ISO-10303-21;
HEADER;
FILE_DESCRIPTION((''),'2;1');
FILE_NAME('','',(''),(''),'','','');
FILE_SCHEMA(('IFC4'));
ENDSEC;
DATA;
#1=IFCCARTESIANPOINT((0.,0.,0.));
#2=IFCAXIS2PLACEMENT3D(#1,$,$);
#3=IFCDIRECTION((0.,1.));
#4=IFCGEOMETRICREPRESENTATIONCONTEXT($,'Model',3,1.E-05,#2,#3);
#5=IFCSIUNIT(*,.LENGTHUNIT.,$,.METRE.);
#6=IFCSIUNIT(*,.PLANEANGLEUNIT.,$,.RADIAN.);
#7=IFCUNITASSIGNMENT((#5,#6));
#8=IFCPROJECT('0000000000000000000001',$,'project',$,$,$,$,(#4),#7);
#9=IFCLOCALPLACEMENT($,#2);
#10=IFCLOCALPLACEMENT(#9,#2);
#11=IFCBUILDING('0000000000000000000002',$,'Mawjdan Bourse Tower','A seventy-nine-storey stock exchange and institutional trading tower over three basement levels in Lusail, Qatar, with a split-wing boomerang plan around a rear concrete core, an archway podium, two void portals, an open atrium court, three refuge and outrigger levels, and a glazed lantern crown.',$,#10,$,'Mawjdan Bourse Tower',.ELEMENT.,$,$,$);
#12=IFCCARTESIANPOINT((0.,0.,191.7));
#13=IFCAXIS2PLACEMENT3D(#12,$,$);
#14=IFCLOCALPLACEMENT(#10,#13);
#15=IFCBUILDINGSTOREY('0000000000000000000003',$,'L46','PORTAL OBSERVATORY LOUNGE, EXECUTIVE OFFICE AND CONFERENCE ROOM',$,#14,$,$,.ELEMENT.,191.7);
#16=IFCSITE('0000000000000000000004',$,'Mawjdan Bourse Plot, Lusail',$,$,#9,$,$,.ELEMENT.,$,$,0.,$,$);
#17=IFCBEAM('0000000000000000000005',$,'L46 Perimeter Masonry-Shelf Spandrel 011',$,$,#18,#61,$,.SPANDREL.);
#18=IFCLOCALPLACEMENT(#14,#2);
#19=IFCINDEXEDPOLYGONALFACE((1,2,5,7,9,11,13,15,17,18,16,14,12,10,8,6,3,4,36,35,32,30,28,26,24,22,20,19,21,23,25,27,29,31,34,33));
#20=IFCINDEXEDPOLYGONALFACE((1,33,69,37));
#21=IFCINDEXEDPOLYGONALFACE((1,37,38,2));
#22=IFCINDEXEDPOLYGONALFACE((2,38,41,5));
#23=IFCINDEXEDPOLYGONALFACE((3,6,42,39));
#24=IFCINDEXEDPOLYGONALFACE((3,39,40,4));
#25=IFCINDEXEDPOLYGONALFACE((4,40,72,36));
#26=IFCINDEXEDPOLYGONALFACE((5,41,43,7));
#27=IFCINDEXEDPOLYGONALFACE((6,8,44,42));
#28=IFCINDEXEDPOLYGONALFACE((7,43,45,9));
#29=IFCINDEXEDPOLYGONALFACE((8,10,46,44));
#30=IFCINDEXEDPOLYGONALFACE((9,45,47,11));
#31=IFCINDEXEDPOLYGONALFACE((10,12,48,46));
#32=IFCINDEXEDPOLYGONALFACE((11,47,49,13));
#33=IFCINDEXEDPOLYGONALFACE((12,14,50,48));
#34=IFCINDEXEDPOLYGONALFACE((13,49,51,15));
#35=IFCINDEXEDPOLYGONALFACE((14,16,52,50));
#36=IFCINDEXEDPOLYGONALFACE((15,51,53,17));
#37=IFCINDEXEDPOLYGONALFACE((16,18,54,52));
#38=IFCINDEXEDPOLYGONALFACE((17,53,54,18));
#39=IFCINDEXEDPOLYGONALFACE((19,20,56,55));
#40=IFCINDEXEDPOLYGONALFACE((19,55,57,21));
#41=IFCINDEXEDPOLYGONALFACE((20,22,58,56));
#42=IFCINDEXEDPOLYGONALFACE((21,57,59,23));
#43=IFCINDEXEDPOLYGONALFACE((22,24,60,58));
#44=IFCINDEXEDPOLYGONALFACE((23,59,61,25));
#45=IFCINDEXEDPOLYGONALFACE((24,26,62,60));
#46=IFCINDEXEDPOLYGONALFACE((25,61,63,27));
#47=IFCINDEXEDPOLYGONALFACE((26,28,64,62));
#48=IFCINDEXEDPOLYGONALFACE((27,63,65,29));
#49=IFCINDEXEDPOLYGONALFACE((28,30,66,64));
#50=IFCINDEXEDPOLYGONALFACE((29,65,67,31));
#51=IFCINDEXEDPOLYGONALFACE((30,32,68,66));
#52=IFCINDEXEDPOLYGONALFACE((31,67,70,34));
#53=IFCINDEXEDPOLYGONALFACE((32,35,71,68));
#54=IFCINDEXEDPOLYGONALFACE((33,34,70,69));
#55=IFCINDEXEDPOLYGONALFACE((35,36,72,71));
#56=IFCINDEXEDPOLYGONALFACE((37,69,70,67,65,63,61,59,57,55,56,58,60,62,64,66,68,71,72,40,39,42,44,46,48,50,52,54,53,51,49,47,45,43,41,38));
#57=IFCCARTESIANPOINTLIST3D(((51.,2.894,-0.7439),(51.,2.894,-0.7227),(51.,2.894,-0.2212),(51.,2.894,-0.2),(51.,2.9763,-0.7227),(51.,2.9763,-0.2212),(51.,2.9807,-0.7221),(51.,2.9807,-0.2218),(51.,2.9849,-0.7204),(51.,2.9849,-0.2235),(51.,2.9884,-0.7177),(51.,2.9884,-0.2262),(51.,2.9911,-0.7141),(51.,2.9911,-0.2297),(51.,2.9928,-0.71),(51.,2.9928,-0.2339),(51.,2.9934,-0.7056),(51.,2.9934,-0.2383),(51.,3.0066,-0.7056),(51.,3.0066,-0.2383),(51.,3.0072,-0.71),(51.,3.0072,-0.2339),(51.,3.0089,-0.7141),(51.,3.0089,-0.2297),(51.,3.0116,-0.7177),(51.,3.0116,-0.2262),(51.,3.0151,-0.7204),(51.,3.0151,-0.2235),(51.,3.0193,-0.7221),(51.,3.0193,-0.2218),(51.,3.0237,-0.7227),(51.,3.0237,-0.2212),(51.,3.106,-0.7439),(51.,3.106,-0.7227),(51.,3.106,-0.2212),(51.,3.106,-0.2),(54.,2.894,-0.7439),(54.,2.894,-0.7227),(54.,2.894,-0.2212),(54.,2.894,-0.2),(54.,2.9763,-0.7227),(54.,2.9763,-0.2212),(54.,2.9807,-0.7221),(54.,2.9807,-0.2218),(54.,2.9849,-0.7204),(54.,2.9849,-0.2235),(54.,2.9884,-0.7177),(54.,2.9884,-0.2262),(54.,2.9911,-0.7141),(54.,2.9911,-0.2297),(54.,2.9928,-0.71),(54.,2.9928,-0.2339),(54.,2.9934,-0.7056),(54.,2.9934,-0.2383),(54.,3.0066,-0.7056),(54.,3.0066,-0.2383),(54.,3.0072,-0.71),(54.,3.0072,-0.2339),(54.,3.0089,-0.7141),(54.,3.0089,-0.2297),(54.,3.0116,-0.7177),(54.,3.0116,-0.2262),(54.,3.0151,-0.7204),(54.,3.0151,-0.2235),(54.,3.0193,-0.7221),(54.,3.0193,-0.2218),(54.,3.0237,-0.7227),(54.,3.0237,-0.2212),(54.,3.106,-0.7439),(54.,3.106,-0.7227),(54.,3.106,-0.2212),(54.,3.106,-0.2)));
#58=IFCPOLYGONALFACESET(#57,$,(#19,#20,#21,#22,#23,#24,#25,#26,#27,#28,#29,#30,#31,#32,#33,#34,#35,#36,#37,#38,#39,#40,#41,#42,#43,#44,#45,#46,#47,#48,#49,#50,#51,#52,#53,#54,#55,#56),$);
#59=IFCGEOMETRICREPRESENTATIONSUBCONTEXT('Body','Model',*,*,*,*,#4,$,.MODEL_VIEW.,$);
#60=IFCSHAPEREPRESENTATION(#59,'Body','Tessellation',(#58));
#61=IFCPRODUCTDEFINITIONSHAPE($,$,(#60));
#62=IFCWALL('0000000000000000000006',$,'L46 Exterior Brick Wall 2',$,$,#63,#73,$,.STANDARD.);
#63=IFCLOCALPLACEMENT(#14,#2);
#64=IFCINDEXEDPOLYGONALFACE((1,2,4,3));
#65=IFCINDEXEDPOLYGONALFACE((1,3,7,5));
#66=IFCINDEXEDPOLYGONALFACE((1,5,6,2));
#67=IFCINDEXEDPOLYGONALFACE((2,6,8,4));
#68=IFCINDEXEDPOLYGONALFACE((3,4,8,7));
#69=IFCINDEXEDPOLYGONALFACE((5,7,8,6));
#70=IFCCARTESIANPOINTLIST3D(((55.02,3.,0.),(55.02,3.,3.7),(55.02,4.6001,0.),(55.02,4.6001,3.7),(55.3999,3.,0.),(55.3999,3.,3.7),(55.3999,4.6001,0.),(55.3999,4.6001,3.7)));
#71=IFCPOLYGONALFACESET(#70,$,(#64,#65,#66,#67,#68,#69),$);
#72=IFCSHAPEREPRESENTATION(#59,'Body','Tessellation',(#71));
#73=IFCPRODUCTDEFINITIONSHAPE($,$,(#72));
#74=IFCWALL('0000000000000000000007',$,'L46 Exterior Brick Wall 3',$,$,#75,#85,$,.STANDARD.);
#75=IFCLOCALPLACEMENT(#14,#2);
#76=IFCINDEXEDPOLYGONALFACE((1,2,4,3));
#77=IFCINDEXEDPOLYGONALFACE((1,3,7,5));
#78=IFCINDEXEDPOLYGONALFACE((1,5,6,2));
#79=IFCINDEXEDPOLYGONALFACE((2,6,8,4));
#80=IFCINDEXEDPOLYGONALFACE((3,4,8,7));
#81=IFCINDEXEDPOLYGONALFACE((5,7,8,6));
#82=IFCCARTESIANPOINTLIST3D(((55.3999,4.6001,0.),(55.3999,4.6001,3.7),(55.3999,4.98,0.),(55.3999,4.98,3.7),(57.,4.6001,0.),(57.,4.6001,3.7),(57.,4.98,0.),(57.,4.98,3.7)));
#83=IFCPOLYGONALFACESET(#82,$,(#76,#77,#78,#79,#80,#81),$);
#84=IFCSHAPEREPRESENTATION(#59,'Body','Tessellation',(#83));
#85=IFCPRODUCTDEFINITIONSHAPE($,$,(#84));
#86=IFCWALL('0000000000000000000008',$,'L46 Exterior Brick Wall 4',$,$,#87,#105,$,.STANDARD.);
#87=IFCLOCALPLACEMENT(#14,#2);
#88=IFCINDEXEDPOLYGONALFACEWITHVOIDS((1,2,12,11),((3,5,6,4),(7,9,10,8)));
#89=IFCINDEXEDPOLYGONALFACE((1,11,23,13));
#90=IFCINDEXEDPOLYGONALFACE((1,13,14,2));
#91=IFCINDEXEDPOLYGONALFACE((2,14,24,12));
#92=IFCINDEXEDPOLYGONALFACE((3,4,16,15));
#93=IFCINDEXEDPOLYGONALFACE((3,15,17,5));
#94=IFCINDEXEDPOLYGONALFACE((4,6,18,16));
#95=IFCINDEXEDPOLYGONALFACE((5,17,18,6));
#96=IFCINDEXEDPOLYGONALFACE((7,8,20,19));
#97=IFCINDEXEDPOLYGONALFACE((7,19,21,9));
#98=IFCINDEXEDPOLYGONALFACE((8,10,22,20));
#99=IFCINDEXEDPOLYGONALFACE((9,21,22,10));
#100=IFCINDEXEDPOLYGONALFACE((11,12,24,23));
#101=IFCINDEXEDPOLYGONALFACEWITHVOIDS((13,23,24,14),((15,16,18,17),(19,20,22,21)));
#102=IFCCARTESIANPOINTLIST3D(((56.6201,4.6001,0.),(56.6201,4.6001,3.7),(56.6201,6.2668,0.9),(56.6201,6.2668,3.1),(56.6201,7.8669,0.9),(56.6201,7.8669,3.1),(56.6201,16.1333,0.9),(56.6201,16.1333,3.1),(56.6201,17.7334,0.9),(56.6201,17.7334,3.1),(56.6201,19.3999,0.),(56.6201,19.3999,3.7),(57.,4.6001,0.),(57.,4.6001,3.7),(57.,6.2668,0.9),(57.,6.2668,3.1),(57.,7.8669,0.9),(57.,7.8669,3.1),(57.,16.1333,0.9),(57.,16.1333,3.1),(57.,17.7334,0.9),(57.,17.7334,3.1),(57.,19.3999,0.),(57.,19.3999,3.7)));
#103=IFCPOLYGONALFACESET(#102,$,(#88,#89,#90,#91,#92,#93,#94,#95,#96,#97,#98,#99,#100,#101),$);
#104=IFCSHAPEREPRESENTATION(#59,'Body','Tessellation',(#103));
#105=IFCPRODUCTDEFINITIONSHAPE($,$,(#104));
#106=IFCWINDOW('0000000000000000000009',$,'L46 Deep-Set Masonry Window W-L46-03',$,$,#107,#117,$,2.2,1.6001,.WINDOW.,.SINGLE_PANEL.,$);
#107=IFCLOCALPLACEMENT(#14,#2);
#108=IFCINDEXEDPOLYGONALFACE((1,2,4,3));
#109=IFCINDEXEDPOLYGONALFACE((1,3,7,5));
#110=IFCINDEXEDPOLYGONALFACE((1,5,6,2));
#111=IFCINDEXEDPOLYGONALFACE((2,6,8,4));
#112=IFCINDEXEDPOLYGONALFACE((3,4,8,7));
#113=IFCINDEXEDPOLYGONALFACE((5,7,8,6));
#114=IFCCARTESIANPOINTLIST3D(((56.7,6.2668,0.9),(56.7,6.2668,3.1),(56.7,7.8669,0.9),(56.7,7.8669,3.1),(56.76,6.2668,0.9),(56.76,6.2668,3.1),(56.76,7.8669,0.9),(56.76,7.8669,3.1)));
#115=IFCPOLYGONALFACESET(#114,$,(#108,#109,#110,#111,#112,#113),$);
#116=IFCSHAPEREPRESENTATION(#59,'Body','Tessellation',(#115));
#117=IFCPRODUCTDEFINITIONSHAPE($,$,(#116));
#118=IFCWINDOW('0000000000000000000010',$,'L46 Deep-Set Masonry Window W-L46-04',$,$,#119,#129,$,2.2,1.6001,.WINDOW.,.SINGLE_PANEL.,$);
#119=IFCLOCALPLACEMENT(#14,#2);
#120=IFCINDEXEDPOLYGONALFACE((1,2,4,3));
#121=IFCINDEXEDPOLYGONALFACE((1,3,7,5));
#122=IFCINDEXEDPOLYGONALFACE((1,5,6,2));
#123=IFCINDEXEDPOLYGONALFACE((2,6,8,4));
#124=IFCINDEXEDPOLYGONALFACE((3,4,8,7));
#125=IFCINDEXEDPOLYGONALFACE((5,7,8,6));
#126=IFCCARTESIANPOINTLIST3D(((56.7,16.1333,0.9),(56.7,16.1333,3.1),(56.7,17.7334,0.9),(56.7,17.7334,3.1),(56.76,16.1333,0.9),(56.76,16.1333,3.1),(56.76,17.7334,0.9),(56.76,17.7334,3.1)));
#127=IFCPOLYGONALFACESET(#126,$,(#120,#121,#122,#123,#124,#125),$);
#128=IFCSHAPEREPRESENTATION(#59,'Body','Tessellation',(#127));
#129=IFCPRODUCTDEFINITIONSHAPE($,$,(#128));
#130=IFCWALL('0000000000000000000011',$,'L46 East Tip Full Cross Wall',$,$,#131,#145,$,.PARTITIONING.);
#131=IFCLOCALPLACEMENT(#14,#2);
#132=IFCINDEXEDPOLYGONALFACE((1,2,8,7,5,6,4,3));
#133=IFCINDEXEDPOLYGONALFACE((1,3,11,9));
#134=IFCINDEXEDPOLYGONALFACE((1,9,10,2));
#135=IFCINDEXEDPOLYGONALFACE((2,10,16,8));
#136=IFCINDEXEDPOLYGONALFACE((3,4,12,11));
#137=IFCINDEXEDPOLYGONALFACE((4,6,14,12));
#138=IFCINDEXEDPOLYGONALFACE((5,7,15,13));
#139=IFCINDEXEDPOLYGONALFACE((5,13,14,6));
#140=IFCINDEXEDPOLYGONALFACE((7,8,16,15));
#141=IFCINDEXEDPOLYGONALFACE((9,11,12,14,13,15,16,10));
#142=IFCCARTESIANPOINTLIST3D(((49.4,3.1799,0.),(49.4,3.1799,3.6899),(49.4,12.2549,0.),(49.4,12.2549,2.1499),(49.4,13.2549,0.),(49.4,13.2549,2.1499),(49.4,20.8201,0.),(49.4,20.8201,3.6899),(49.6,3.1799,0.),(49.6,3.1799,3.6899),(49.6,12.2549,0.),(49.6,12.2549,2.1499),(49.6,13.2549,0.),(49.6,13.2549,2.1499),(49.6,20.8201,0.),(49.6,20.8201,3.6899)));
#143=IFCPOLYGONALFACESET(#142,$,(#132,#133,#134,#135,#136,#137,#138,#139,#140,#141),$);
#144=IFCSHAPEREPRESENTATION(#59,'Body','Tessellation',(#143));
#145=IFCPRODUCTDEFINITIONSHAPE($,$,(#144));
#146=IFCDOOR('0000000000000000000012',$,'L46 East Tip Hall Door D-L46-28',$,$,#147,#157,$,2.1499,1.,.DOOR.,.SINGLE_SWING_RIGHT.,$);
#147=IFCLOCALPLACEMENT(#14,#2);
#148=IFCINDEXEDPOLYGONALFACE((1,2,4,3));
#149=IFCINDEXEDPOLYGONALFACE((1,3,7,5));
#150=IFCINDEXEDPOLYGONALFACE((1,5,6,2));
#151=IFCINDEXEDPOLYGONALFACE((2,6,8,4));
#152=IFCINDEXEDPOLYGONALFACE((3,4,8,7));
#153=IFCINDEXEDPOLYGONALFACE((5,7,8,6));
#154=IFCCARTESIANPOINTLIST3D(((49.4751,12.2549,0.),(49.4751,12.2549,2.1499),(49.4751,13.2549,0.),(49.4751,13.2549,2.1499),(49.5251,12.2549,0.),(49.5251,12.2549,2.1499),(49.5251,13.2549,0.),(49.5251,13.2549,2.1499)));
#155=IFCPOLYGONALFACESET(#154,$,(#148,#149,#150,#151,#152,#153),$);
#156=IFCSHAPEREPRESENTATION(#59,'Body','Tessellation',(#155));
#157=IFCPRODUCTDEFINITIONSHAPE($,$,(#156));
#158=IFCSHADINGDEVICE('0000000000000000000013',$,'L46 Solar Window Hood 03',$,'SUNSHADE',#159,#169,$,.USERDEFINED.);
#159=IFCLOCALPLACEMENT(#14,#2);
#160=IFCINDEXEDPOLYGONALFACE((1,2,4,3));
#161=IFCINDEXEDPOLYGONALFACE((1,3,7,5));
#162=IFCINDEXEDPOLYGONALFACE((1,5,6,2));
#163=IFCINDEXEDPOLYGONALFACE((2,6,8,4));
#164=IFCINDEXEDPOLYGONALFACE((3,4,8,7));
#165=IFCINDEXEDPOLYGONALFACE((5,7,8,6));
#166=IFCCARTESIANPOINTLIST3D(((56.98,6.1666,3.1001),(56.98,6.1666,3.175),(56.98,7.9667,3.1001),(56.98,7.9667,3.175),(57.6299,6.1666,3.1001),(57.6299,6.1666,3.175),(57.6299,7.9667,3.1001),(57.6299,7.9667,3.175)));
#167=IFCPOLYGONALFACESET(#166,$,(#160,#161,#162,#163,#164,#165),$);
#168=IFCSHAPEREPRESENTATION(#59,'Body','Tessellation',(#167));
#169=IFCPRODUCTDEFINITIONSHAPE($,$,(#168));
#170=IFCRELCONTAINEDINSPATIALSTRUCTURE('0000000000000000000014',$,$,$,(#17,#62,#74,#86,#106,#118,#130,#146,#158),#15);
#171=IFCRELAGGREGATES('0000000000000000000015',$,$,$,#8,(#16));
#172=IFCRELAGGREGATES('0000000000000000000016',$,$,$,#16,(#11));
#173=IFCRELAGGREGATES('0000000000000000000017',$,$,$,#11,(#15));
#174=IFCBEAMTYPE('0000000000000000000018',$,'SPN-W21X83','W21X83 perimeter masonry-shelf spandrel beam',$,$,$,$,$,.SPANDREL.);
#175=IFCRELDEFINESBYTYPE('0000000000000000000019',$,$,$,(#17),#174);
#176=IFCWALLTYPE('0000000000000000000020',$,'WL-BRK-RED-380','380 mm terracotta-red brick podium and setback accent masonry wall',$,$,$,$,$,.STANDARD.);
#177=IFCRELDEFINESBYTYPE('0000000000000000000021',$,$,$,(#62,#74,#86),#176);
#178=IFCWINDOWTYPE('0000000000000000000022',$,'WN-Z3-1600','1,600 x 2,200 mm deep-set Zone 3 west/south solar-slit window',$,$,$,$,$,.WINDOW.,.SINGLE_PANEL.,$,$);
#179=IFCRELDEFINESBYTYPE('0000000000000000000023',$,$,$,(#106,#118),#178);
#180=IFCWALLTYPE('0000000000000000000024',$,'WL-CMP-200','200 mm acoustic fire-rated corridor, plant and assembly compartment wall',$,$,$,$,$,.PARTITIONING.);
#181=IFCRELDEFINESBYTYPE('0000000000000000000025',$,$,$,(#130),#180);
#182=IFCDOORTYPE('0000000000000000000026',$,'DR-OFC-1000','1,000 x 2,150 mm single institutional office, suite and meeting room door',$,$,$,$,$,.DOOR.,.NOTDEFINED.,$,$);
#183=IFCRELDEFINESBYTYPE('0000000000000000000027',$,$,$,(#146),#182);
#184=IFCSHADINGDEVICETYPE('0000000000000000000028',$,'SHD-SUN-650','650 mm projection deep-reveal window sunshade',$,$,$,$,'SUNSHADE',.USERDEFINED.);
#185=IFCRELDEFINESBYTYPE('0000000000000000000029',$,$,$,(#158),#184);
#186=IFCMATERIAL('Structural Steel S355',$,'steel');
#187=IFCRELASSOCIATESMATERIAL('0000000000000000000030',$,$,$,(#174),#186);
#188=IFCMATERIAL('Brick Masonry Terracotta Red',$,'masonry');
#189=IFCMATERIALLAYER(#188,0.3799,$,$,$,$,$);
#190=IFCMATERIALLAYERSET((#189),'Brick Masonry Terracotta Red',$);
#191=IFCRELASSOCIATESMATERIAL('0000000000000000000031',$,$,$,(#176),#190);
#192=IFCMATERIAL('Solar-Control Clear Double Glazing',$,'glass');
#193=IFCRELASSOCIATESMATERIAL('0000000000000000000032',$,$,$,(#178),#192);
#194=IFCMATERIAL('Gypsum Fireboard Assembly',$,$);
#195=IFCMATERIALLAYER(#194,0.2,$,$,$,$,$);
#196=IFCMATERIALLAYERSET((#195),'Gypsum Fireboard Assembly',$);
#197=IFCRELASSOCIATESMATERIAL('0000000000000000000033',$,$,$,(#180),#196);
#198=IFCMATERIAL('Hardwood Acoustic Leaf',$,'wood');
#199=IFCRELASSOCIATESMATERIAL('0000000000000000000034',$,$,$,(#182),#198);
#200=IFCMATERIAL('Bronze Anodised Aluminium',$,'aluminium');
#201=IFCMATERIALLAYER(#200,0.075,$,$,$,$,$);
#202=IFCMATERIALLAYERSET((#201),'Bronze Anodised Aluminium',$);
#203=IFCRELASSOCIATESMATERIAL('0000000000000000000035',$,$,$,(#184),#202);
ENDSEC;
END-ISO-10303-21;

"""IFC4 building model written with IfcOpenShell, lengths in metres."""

from ifc_helpers import new_model, si_unit, direction, frame, frame_2d, origin, origin_2d, place, context, subcontext, project, spatial, rectangle, i_section, extrude, material, layer, layer_set, material_profile, profile_set, type_object, element, fill, save


model = new_model("IFC4")

# Units and contexts
model_context = context("Model", 3, precision=1e-05, world=origin(), true_north=direction((0.0, 1.0)))
body_context = subcontext(model_context, "Body", "Model", "MODEL_VIEW")
ifc_project = project(units=[si_unit("LENGTHUNIT", "METRE"), si_unit("PLANEANGLEUNIT", "RADIAN")], contexts=[model_context])

# Site, building, storey
site_placement = place(None, origin())
site = spatial("IfcSite", under=ifc_project, at=site_placement, Name="Mawjdan Bourse Plot, Lusail", CompositionType="ELEMENT", RefElevation=0.0)
building_placement = place(site_placement, origin())
building = spatial("IfcBuilding", under=site, at=building_placement, Name="Mawjdan Bourse Tower", Description="A seventy-nine-storey stock exchange and institutional trading tower over three basement levels in Lusail, Qatar, with a split-wing boomerang plan around a rear concrete core, an archway podium, two void portals, an open atrium court, three refuge and outrigger levels, and a glazed lantern crown.", LongName="Mawjdan Bourse Tower", CompositionType="ELEMENT")
storey_placement = place(building_placement, frame((0.0, 0.0, 191.7)))
storey = spatial("IfcBuildingStorey", under=building, at=storey_placement, Name="L46", Description="PORTAL OBSERVATORY LOUNGE, EXECUTIVE OFFICE AND CONFERENCE ROOM", CompositionType="ELEMENT", Elevation=191.7)

# Beam
ifc_material_1 = material(Name="Structural Steel S355", Category="steel")
ifc_material_profile_1 = material_profile(ifc_material_1, i_section(OverallWidth=0.2119, OverallDepth=0.5439, WebThickness=0.0132, FlangeThickness=0.0212, FilletRadius=0.0171, at=origin_2d()), Name="W21X83")
ifc_profile_set_1 = profile_set([ifc_material_profile_1], Name="Structural Steel S355")
beam_type_1 = type_object("IfcBeamType", Name="SPN-W21X83", Description="W21X83 perimeter masonry-shelf spandrel beam", PredefinedType="SPANDREL", material=ifc_profile_set_1)
beam_placement = place(storey_placement, frame((51.0, 3.0, -0.4719), z_axis=(1.0, 0.0, 0.0), x_axis=(0.0, 1.0, 0.0)))
element("IfcBeam", 1, at=beam_placement, inside=storey, type_object=beam_type_1, Name="L46 Perimeter Masonry-Shelf Spandrel 011", PredefinedType="SPANDREL", context=body_context, shape_type="SweptSolid", body=[
    extrude(i_section(OverallWidth=0.2119, OverallDepth=0.5439, WebThickness=0.0132, FlangeThickness=0.0212, FilletRadius=0.0171, at=origin_2d()), origin(), (0.0, 0.0, 1.0), 3.0),
])

# Walls
ifc_material_2 = material(Name="Brick Masonry Terracotta Red", Category="masonry")
ifc_layer_1 = layer(ifc_material_2, 0.3799)
ifc_layer_set_1 = layer_set([ifc_layer_1], Name="Brick Masonry Terracotta Red")
wall_type_1 = type_object("IfcWallType", Name="WL-BRK-RED-380", Description="380 mm terracotta-red brick podium and setback accent masonry wall", PredefinedType="STANDARD", material=ifc_layer_set_1)
for number, where, z_axis, x_axis, name in (
    (2, (55.21, 3.0, 0.0), (0.0, 0.0, 1.0), (0.0, 1.0, 0.0), "L46 Exterior Brick Wall 2"),
    (3, (55.3999, 4.79, 0.0), (0.0, 0.0, 1.0), (1.0, 0.0, 0.0), "L46 Exterior Brick Wall 3"),
):
    element("IfcWall", number, at=place(storey_placement, frame(where, z_axis=z_axis, x_axis=x_axis)), inside=storey, type_object=wall_type_1, Name=name, PredefinedType="STANDARD", context=body_context, shape_type="SweptSolid", body=[
        extrude(rectangle(XDim=1.6001, YDim=0.3799, at=frame_2d((0.8, 0.0))), origin(), (0.0, 0.0, 1.0), 3.7),
    ])

# Wall, openings, windows
wall_1_placement = place(storey_placement, frame((56.8101, 4.6001, 0.0), z_axis=(0.0, 0.0, 1.0), x_axis=(0.0, 1.0, 0.0)))
wall_1 = element("IfcWall", 4, at=wall_1_placement, inside=storey, type_object=wall_type_1, Name="L46 Exterior Brick Wall 4", PredefinedType="STANDARD", context=body_context, shape_type="SweptSolid", body=[
    extrude(rectangle(XDim=14.7998, YDim=0.3799, at=frame_2d((7.3999, 0.0))), origin(), (0.0, 0.0, 1.0), 3.7),
])
opening_1_placement = place(wall_1_placement, frame((1.6667, 0.0, 0.8999)))
opening_1 = element("IfcOpeningElement", 5, at=opening_1_placement, cuts=wall_1, PredefinedType="OPENING", context=body_context, shape_type="SweptSolid", body=[
    extrude(rectangle(XDim=1.6001, YDim=2.2, at=frame_2d((0.8, 1.1001))), frame((0.0, 0.2, 0.0), z_axis=(0.0, -1.0, 0.0), x_axis=(1.0, 0.0, 0.0)), (0.0, 0.0, 1.0), 0.3999),
])
opening_2_placement = place(wall_1_placement, frame((11.5332, 0.0, 0.8999)))
opening_2 = element("IfcOpeningElement", 6, at=opening_2_placement, cuts=wall_1, PredefinedType="OPENING", context=body_context, shape_type="SweptSolid", body=[
    extrude(rectangle(XDim=1.6001, YDim=2.2, at=frame_2d((0.8, 1.1001))), frame((0.0, 0.2, 0.0), z_axis=(0.0, -1.0, 0.0), x_axis=(1.0, 0.0, 0.0)), (0.0, 0.0, 1.0), 0.3999),
])
ifc_material_3 = material(Name="Solar-Control Clear Double Glazing", Category="glass")
window_type = type_object("IfcWindowType", Name="WN-Z3-1600", Description="1,600 x 2,200 mm deep-set Zone 3 west/south solar-slit window", PartitioningType="SINGLE_PANEL", PredefinedType="WINDOW", material=ifc_material_3)
window_1_placement = place(opening_1_placement, origin())
window_1 = element("IfcWindow", 7, at=window_1_placement, inside=storey, type_object=window_type, Name="L46 Deep-Set Masonry Window W-L46-03", OverallHeight=2.2, OverallWidth=1.6001, PartitioningType="SINGLE_PANEL", PredefinedType="WINDOW", context=body_context, shape_type="SweptSolid", body=[
    extrude(rectangle(XDim=1.6001, YDim=2.2, at=frame_2d((0.8, 1.1001))), frame((0.0, 0.1101, 0.0), z_axis=(0.0, -1.0, 0.0), x_axis=(1.0, 0.0, 0.0)), (0.0, 0.0, 1.0), 0.0601),
])
fill(opening_1, window_1)
window_2_placement = place(opening_2_placement, origin())
window_2 = element("IfcWindow", 8, at=window_2_placement, inside=storey, type_object=window_type, Name="L46 Deep-Set Masonry Window W-L46-04", OverallHeight=2.2, OverallWidth=1.6001, PartitioningType="SINGLE_PANEL", PredefinedType="WINDOW", context=body_context, shape_type="SweptSolid", body=[
    extrude(rectangle(XDim=1.6001, YDim=2.2, at=frame_2d((0.8, 1.1001))), frame((0.0, 0.1101, 0.0), z_axis=(0.0, -1.0, 0.0), x_axis=(1.0, 0.0, 0.0)), (0.0, 0.0, 1.0), 0.0601),
])
fill(opening_2, window_2)

# Wall, opening, door
ifc_material_4 = material(Name="Gypsum Fireboard Assembly")
ifc_layer_2 = layer(ifc_material_4, 0.2)
ifc_layer_set_2 = layer_set([ifc_layer_2], Name="Gypsum Fireboard Assembly")
wall_type_2 = type_object("IfcWallType", Name="WL-CMP-200", Description="200 mm acoustic fire-rated corridor, plant and assembly compartment wall", PredefinedType="PARTITIONING", material=ifc_layer_set_2)
wall_2_placement = place(storey_placement, frame((49.5, 3.1799, 0.0), z_axis=(0.0, 0.0, 1.0), x_axis=(0.0, 1.0, 0.0)))
wall_2 = element("IfcWall", 9, at=wall_2_placement, inside=storey, type_object=wall_type_2, Name="L46 East Tip Full Cross Wall", PredefinedType="PARTITIONING", context=body_context, shape_type="SweptSolid", body=[
    extrude(rectangle(XDim=17.6401, YDim=0.2, at=frame_2d((8.8201, 0.0))), origin(), (0.0, 0.0, 1.0), 3.6899),
])
opening_3_placement = place(wall_2_placement, frame((9.075, 0.0, 0.0)))
opening_3 = element("IfcOpeningElement", 10, at=opening_3_placement, cuts=wall_2, PredefinedType="OPENING", context=body_context, shape_type="SweptSolid", body=[
    extrude(rectangle(XDim=1.0, YDim=2.1499, at=frame_2d((0.5, 1.075))), frame((0.0, 0.1099, 0.0), z_axis=(0.0, -1.0, 0.0), x_axis=(1.0, 0.0, 0.0)), (0.0, 0.0, 1.0), 0.22),
])
ifc_material_5 = material(Name="Hardwood Acoustic Leaf", Category="wood")
door_type = type_object("IfcDoorType", Name="DR-OFC-1000", Description="1,000 x 2,150 mm single institutional office, suite and meeting room door", OperationType="NOTDEFINED", PredefinedType="DOOR", material=ifc_material_5)
door_placement = place(opening_3_placement, origin())
door = element("IfcDoor", 11, at=door_placement, inside=storey, type_object=door_type, Name="L46 East Tip Hall Door D-L46-28", OperationType="SINGLE_SWING_RIGHT", OverallHeight=2.1499, OverallWidth=1.0, PredefinedType="DOOR", context=body_context, shape_type="SweptSolid", body=[
    extrude(rectangle(XDim=1.0, YDim=2.1499, at=frame_2d((0.5, 1.075))), frame((0.0, 0.0249, 0.0), z_axis=(0.0, -1.0, 0.0), x_axis=(1.0, 0.0, 0.0)), (0.0, 0.0, 1.0), 0.05),
])
fill(opening_3, door)

# Shading device
ifc_material_6 = material(Name="Bronze Anodised Aluminium", Category="aluminium")
ifc_layer_3 = layer(ifc_material_6, 0.075)
ifc_layer_set_3 = layer_set([ifc_layer_3], Name="Bronze Anodised Aluminium")
shading_device_type = type_object("IfcShadingDeviceType", Name="SHD-SUN-650", Description="650 mm projection deep-reveal window sunshade", ElementType="SUNSHADE", PredefinedType="USERDEFINED", material=ifc_layer_set_3)
for number, where, z_axis, x_axis, name in (
    (12, (57.3049, 7.0667, 3.1001), (0.0, 0.0, 1.0), (0.0, 1.0, 0.0), "L46 Solar Window Hood 03"),
):
    element("IfcShadingDevice", number, at=place(storey_placement, frame(where, z_axis=z_axis, x_axis=x_axis)), inside=storey, type_object=shading_device_type, Name=name, ObjectType="SUNSHADE", PredefinedType="USERDEFINED", context=body_context, shape_type="SweptSolid", body=[
        extrude(rectangle(XDim=1.8, YDim=0.6499, at=origin_2d()), origin(), (0.0, 0.0, 1.0), 0.075),
    ])

save(model, "model.ifc")
